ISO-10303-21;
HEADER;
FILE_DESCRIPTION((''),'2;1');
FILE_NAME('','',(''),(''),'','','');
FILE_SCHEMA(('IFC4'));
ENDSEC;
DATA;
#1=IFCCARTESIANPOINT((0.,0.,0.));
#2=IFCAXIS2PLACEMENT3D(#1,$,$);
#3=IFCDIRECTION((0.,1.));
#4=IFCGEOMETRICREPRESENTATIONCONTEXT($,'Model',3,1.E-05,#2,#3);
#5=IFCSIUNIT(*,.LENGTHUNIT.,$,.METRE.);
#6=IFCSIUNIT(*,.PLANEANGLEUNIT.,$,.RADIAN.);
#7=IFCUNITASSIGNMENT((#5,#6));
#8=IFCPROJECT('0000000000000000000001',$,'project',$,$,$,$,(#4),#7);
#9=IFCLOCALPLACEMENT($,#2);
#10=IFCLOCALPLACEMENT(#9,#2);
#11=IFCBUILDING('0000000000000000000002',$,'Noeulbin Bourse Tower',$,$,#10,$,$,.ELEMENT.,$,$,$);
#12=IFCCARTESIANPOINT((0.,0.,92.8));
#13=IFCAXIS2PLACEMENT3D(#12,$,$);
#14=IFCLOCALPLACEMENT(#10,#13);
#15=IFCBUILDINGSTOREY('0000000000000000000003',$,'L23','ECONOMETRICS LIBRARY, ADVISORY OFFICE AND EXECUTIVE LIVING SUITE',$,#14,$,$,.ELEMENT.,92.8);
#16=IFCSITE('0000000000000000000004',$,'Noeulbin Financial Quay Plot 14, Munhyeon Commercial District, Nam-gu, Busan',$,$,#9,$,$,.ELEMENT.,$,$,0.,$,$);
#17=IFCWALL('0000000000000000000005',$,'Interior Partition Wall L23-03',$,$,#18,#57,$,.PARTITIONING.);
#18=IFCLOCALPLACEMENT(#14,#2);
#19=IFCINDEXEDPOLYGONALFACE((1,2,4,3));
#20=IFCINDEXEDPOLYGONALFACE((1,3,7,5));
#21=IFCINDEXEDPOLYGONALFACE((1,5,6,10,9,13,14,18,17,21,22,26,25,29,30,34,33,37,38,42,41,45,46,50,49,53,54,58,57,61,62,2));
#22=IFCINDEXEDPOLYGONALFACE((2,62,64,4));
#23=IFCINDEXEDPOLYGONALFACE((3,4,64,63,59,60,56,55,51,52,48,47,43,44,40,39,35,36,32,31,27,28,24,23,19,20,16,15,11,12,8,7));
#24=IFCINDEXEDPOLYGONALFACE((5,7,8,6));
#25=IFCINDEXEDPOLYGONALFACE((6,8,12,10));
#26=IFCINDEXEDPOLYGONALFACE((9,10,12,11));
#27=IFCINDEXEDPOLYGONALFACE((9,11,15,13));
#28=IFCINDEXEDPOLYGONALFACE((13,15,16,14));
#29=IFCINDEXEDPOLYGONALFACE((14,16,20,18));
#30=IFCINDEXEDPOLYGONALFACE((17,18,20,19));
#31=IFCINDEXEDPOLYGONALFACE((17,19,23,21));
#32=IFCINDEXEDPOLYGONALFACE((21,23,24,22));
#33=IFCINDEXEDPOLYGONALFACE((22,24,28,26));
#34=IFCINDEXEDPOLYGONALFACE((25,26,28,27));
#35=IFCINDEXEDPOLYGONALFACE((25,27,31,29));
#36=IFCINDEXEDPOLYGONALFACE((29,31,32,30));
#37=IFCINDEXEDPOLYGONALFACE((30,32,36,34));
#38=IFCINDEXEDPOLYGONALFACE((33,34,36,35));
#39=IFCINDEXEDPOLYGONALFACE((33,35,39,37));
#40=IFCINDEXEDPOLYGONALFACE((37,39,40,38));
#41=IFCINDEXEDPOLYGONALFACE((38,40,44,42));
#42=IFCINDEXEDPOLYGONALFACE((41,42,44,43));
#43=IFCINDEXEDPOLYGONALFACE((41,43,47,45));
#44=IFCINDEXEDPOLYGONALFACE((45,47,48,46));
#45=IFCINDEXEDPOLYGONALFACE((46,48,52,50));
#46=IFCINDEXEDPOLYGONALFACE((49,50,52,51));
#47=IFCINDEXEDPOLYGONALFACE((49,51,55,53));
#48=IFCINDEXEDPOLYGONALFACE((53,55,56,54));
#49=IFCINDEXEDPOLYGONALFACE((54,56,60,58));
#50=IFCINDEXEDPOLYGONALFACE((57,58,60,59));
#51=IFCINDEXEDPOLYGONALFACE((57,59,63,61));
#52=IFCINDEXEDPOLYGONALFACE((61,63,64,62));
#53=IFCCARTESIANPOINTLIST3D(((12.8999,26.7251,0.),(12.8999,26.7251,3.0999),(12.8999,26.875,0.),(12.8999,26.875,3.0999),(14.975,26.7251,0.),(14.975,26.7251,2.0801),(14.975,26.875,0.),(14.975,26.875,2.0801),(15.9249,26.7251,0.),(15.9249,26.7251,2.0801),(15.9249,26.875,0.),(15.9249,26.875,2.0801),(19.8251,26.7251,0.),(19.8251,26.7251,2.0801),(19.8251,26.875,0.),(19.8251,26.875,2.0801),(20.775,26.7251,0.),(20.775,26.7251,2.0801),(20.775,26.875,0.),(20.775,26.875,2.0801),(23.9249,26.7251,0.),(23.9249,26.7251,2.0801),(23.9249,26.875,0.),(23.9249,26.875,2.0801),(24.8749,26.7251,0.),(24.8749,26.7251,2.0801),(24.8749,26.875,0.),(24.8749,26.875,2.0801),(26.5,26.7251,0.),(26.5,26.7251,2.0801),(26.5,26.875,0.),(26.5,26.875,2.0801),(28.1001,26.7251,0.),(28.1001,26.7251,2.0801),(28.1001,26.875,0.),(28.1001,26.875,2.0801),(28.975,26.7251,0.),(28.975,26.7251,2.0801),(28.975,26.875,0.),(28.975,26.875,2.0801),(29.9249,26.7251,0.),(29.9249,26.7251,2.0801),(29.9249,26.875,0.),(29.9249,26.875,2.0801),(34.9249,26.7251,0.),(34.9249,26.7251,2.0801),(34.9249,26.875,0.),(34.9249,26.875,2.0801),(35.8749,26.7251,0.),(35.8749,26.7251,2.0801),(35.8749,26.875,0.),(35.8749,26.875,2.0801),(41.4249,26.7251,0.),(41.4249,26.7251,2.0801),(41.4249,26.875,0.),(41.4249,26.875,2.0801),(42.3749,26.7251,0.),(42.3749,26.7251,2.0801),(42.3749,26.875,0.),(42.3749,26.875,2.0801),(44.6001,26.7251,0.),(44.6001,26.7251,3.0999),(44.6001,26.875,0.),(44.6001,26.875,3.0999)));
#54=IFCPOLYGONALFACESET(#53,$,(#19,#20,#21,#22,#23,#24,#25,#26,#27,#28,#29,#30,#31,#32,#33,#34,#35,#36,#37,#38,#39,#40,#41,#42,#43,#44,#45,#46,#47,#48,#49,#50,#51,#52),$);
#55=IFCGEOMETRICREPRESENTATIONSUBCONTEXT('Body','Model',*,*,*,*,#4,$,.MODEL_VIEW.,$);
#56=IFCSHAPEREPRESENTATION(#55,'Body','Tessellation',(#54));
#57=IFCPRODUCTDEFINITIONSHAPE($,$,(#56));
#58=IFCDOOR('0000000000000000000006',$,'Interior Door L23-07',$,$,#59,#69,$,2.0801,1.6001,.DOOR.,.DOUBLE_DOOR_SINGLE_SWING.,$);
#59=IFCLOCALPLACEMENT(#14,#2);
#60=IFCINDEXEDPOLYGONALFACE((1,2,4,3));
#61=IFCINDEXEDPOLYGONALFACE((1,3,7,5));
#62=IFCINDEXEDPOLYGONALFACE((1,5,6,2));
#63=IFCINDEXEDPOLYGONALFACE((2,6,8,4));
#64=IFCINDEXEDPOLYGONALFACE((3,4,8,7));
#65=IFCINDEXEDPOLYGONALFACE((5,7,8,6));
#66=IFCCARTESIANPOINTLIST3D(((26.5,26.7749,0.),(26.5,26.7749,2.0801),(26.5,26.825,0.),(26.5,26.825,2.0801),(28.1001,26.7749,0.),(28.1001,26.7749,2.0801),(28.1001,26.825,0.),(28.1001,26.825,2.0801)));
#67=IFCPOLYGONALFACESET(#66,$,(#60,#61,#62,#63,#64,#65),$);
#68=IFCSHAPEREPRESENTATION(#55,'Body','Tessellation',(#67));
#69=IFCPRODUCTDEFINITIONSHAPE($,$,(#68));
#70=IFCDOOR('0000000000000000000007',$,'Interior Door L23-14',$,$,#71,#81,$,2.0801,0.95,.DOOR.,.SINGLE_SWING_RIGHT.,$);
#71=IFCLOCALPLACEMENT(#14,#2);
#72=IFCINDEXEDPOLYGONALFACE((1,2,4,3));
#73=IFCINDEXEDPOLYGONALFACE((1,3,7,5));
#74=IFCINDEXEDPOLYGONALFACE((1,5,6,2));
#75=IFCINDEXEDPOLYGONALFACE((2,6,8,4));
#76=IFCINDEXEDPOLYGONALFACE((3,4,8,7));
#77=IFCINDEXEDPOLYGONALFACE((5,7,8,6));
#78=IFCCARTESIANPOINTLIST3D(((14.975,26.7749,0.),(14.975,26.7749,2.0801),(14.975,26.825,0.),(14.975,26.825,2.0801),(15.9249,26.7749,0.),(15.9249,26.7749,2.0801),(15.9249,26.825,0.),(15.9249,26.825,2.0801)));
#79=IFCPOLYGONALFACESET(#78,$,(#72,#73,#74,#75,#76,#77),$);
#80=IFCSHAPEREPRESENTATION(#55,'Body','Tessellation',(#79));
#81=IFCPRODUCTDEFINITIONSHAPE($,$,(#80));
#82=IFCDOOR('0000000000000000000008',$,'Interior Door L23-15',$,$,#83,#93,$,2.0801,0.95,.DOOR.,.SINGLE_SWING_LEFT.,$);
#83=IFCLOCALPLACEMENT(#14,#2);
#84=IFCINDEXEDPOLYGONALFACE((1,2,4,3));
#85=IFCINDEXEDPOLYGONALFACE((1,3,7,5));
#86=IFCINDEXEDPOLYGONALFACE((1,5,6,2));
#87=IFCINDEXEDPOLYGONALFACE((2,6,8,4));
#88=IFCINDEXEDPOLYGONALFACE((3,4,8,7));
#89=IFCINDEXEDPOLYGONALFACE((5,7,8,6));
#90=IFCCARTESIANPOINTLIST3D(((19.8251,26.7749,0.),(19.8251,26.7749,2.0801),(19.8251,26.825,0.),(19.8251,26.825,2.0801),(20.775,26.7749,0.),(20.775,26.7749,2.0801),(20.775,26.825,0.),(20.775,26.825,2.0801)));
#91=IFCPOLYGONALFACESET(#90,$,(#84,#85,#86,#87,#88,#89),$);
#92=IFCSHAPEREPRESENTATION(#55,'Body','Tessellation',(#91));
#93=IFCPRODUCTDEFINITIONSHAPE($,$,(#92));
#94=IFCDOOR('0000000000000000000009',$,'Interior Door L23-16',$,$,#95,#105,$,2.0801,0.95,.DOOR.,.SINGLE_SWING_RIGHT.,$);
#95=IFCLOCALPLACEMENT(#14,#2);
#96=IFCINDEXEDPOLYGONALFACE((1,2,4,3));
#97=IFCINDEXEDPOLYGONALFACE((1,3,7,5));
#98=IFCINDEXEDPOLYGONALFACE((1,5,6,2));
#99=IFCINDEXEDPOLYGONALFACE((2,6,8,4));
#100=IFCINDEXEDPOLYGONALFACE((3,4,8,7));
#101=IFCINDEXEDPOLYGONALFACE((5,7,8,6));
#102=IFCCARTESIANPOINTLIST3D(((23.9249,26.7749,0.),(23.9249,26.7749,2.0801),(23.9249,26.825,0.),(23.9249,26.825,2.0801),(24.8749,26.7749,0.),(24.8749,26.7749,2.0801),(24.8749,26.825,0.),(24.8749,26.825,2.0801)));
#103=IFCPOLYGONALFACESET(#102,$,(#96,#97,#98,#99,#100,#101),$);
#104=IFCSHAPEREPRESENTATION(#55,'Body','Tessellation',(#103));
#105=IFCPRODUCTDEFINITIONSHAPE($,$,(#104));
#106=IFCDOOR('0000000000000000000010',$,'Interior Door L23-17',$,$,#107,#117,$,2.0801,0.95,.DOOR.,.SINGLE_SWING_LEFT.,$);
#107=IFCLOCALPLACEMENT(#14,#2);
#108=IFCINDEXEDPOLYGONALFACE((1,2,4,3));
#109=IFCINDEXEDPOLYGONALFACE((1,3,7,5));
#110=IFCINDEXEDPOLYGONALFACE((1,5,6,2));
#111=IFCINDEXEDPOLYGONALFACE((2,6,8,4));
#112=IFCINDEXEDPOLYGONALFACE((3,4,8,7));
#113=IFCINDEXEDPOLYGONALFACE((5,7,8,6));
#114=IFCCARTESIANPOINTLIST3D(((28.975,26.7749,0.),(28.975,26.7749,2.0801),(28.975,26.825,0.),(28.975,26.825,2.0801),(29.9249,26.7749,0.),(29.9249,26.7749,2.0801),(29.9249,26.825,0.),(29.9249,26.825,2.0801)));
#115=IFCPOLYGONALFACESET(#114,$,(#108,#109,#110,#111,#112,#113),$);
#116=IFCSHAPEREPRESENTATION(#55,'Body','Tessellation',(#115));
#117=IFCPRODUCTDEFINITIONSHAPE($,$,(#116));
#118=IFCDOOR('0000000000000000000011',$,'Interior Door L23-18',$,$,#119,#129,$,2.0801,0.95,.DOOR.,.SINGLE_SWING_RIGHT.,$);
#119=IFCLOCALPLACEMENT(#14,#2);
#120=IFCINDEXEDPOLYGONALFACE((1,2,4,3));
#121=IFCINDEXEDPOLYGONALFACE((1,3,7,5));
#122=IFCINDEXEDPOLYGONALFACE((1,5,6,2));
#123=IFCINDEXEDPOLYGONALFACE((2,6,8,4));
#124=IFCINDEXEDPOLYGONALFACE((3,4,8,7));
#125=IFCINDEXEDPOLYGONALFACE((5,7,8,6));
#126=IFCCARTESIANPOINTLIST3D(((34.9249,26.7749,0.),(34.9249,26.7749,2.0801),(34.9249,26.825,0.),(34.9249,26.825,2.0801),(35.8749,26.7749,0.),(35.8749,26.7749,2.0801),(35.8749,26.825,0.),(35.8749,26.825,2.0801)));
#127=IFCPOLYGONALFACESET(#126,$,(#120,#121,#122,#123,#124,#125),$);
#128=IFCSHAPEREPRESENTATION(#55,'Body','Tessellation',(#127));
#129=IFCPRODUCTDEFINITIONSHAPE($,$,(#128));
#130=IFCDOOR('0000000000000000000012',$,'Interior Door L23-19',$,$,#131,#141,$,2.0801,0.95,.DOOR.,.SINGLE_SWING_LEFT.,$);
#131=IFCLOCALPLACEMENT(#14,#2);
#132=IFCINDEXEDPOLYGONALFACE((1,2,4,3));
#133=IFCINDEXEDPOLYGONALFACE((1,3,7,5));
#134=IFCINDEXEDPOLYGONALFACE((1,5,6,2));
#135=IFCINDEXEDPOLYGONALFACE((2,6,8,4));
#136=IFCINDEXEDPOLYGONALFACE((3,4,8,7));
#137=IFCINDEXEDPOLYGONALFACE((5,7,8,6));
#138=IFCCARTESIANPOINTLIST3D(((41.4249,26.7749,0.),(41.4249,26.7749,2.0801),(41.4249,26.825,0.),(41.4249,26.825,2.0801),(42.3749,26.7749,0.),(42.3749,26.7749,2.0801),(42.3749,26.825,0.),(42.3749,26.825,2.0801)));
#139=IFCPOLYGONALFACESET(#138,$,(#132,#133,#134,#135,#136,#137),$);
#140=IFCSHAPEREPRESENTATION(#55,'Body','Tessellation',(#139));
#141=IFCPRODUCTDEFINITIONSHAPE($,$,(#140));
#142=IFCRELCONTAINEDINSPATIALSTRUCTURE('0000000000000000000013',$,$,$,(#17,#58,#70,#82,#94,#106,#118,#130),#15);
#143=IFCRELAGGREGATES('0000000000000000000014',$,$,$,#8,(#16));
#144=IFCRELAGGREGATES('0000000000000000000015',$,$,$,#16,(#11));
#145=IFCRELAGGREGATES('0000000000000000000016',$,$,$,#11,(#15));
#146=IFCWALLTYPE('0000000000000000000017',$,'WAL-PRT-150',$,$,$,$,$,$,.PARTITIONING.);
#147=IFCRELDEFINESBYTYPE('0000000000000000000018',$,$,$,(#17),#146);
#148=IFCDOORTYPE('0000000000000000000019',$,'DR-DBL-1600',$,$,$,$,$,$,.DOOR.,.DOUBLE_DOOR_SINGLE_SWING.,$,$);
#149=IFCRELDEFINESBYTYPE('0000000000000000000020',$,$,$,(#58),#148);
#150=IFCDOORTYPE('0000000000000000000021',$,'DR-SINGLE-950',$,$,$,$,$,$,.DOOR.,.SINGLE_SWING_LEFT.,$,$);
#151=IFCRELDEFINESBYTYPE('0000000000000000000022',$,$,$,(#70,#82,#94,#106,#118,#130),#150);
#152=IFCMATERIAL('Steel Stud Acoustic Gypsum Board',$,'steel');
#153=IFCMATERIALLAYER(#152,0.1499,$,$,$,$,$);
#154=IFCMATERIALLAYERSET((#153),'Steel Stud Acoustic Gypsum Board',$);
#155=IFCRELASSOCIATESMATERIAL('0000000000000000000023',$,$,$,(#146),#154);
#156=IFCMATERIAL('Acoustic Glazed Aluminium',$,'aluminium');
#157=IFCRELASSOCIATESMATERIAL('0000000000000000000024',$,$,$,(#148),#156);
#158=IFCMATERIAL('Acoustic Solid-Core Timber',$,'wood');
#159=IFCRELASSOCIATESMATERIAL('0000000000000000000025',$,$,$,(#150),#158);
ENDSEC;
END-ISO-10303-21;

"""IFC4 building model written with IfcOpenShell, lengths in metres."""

from ifc_helpers import new_model, si_unit, direction, frame, frame_2d, origin, place, context, subcontext, project, spatial, rectangle, extrude, material, layer, layer_set, type_object, element, fill, save


model = new_model("IFC4")

# Units and contexts
model_context = context("Model", 3, precision=1e-05, world=origin(), true_north=direction((0.0, 1.0)))
body_context = subcontext(model_context, "Body", "Model", "MODEL_VIEW")
ifc_project = project(units=[si_unit("LENGTHUNIT", "METRE"), si_unit("PLANEANGLEUNIT", "RADIAN")], contexts=[model_context])

# Site, building, storey
site_placement = place(None, origin())
site = spatial("IfcSite", under=ifc_project, at=site_placement, Name="Noeulbin Financial Quay Plot 14, Munhyeon Commercial District, Nam-gu, Busan", CompositionType="ELEMENT", RefElevation=0.0)
building_placement = place(site_placement, origin())
building = spatial("IfcBuilding", under=site, at=building_placement, Name="Noeulbin Bourse Tower", CompositionType="ELEMENT")
storey_placement = place(building_placement, frame((0.0, 0.0, 92.8)))
storey = spatial("IfcBuildingStorey", under=building, at=storey_placement, Name="L23", Description="ECONOMETRICS LIBRARY, ADVISORY OFFICE AND EXECUTIVE LIVING SUITE", CompositionType="ELEMENT", Elevation=92.8)

# Wall, openings, doors
ifc_material_1 = material(Name="Steel Stud Acoustic Gypsum Board", Category="steel")
ifc_layer_1 = layer(ifc_material_1, 0.1499)
ifc_layer_set_1 = layer_set([ifc_layer_1], Name="Steel Stud Acoustic Gypsum Board")
wall_type_1 = type_object("IfcWallType", Name="WAL-PRT-150", PredefinedType="PARTITIONING", material=ifc_layer_set_1)
wall_1_placement = place(storey_placement, frame((12.8999, 26.8, 0.0), z_axis=(0.0, 0.0, 1.0), x_axis=(1.0, 0.0, 0.0)))
wall_1 = element("IfcWall", 1, at=wall_1_placement, inside=storey, type_object=wall_type_1, Name="Interior Partition Wall L23-03", PredefinedType="PARTITIONING", context=body_context, shape_type="SweptSolid", body=[
    extrude(rectangle(XDim=31.7002, YDim=0.1499, at=frame_2d((15.8501, 0.0))), origin(), (0.0, 0.0, 1.0), 3.0999),
])
opening_1_placement = place(wall_1_placement, frame((13.6001, 0.0, 0.0)))
opening_1 = element("IfcOpeningElement", 2, at=opening_1_placement, cuts=wall_1, PredefinedType="OPENING", context=body_context, shape_type="SweptSolid", body=[
    extrude(rectangle(XDim=1.6001, YDim=2.0801, at=frame_2d((0.8, 1.04))), frame((0.0, 0.085, 0.0), z_axis=(0.0, -1.0, 0.0), x_axis=(1.0, 0.0, 0.0)), (0.0, 0.0, 1.0), 0.1699),
])
opening_2_placement = place(wall_1_placement, frame((2.075, 0.0, 0.0)))
opening_2 = element("IfcOpeningElement", 3, at=opening_2_placement, cuts=wall_1, PredefinedType="OPENING", context=body_context, shape_type="SweptSolid", body=[
    extrude(rectangle(XDim=0.95, YDim=2.0801, at=frame_2d((0.4751, 1.04))), frame((0.0, 0.085, 0.0), z_axis=(0.0, -1.0, 0.0), x_axis=(1.0, 0.0, 0.0)), (0.0, 0.0, 1.0), 0.1699),
])
opening_3_placement = place(wall_1_placement, frame((6.925, 0.0, 0.0)))
opening_3 = element("IfcOpeningElement", 4, at=opening_3_placement, cuts=wall_1, PredefinedType="OPENING", context=body_context, shape_type="SweptSolid", body=[
    extrude(rectangle(XDim=0.95, YDim=2.0801, at=frame_2d((0.4751, 1.04))), frame((0.0, 0.085, 0.0), z_axis=(0.0, -1.0, 0.0), x_axis=(1.0, 0.0, 0.0)), (0.0, 0.0, 1.0), 0.1699),
])
opening_4_placement = place(wall_1_placement, frame((11.0249, 0.0, 0.0)))
opening_4 = element("IfcOpeningElement", 5, at=opening_4_placement, cuts=wall_1, PredefinedType="OPENING", context=body_context, shape_type="SweptSolid", body=[
    extrude(rectangle(XDim=0.95, YDim=2.0801, at=frame_2d((0.4751, 1.04))), frame((0.0, 0.085, 0.0), z_axis=(0.0, -1.0, 0.0), x_axis=(1.0, 0.0, 0.0)), (0.0, 0.0, 1.0), 0.1699),
])
opening_5_placement = place(wall_1_placement, frame((16.075, 0.0, 0.0)))
opening_5 = element("IfcOpeningElement", 6, at=opening_5_placement, cuts=wall_1, PredefinedType="OPENING", context=body_context, shape_type="SweptSolid", body=[
    extrude(rectangle(XDim=0.95, YDim=2.0801, at=frame_2d((0.4751, 1.04))), frame((0.0, 0.085, 0.0), z_axis=(0.0, -1.0, 0.0), x_axis=(1.0, 0.0, 0.0)), (0.0, 0.0, 1.0), 0.1699),
])
opening_6_placement = place(wall_1_placement, frame((22.0249, 0.0, 0.0)))
opening_6 = element("IfcOpeningElement", 7, at=opening_6_placement, cuts=wall_1, PredefinedType="OPENING", context=body_context, shape_type="SweptSolid", body=[
    extrude(rectangle(XDim=0.95, YDim=2.0801, at=frame_2d((0.4751, 1.04))), frame((0.0, 0.085, 0.0), z_axis=(0.0, -1.0, 0.0), x_axis=(1.0, 0.0, 0.0)), (0.0, 0.0, 1.0), 0.1699),
])
opening_7_placement = place(wall_1_placement, frame((28.5249, 0.0, 0.0)))
opening_7 = element("IfcOpeningElement", 8, at=opening_7_placement, cuts=wall_1, PredefinedType="OPENING", context=body_context, shape_type="SweptSolid", body=[
    extrude(rectangle(XDim=0.95, YDim=2.0801, at=frame_2d((0.4751, 1.04))), frame((0.0, 0.085, 0.0), z_axis=(0.0, -1.0, 0.0), x_axis=(1.0, 0.0, 0.0)), (0.0, 0.0, 1.0), 0.1699),
])
ifc_material_2 = material(Name="Acoustic Glazed Aluminium", Category="aluminium")
door_type_1 = type_object("IfcDoorType", Name="DR-DBL-1600", OperationType="DOUBLE_DOOR_SINGLE_SWING", PredefinedType="DOOR", material=ifc_material_2)
door_1_placement = place(opening_1_placement, origin())
door_1 = element("IfcDoor", 9, at=door_1_placement, inside=storey, type_object=door_type_1, Name="Interior Door L23-07", OperationType="DOUBLE_DOOR_SINGLE_SWING", OverallHeight=2.0801, OverallWidth=1.6001, PredefinedType="DOOR", context=body_context, shape_type="SweptSolid", body=[
    extrude(rectangle(XDim=1.6001, YDim=2.0801, at=frame_2d((0.8, 1.04))), frame((0.0, 0.0249, 0.0), z_axis=(0.0, -1.0, 0.0), x_axis=(1.0, 0.0, 0.0)), (0.0, 0.0, 1.0), 0.05),
])
fill(opening_1, door_1)
ifc_material_3 = material(Name="Acoustic Solid-Core Timber", Category="wood")
door_type_2 = type_object("IfcDoorType", Name="DR-SINGLE-950", OperationType="SINGLE_SWING_LEFT", PredefinedType="DOOR", material=ifc_material_3)
door_2_placement = place(opening_2_placement, origin())
door_2 = element("IfcDoor", 10, at=door_2_placement, inside=storey, type_object=door_type_2, Name="Interior Door L23-14", OperationType="SINGLE_SWING_RIGHT", OverallHeight=2.0801, OverallWidth=0.95, PredefinedType="DOOR", context=body_context, shape_type="SweptSolid", body=[
    extrude(rectangle(XDim=0.95, YDim=2.0801, at=frame_2d((0.4751, 1.04))), frame((0.0, 0.0249, 0.0), z_axis=(0.0, -1.0, 0.0), x_axis=(1.0, 0.0, 0.0)), (0.0, 0.0, 1.0), 0.05),
])
fill(opening_2, door_2)
door_3_placement = place(opening_3_placement, origin())
door_3 = element("IfcDoor", 11, at=door_3_placement, inside=storey, type_object=door_type_2, Name="Interior Door L23-15", OperationType="SINGLE_SWING_LEFT", OverallHeight=2.0801, OverallWidth=0.95, PredefinedType="DOOR", context=body_context, shape_type="SweptSolid", body=[
    extrude(rectangle(XDim=0.95, YDim=2.0801, at=frame_2d((0.4751, 1.04))), frame((0.0, 0.0249, 0.0), z_axis=(0.0, -1.0, 0.0), x_axis=(1.0, 0.0, 0.0)), (0.0, 0.0, 1.0), 0.05),
])
fill(opening_3, door_3)
door_4_placement = place(opening_4_placement, origin())
door_4 = element("IfcDoor", 12, at=door_4_placement, inside=storey, type_object=door_type_2, Name="Interior Door L23-16", OperationType="SINGLE_SWING_RIGHT", OverallHeight=2.0801, OverallWidth=0.95, PredefinedType="DOOR", context=body_context, shape_type="SweptSolid", body=[
    extrude(rectangle(XDim=0.95, YDim=2.0801, at=frame_2d((0.4751, 1.04))), frame((0.0, 0.0249, 0.0), z_axis=(0.0, -1.0, 0.0), x_axis=(1.0, 0.0, 0.0)), (0.0, 0.0, 1.0), 0.05),
])
fill(opening_4, door_4)
door_5_placement = place(opening_5_placement, origin())
door_5 = element("IfcDoor", 13, at=door_5_placement, inside=storey, type_object=door_type_2, Name="Interior Door L23-17", OperationType="SINGLE_SWING_LEFT", OverallHeight=2.0801, OverallWidth=0.95, PredefinedType="DOOR", context=body_context, shape_type="SweptSolid", body=[
    extrude(rectangle(XDim=0.95, YDim=2.0801, at=frame_2d((0.4751, 1.04))), frame((0.0, 0.0249, 0.0), z_axis=(0.0, -1.0, 0.0), x_axis=(1.0, 0.0, 0.0)), (0.0, 0.0, 1.0), 0.05),
])
fill(opening_5, door_5)
door_6_placement = place(opening_6_placement, origin())
door_6 = element("IfcDoor", 14, at=door_6_placement, inside=storey, type_object=door_type_2, Name="Interior Door L23-18", OperationType="SINGLE_SWING_RIGHT", OverallHeight=2.0801, OverallWidth=0.95, PredefinedType="DOOR", context=body_context, shape_type="SweptSolid", body=[
    extrude(rectangle(XDim=0.95, YDim=2.0801, at=frame_2d((0.4751, 1.04))), frame((0.0, 0.0249, 0.0), z_axis=(0.0, -1.0, 0.0), x_axis=(1.0, 0.0, 0.0)), (0.0, 0.0, 1.0), 0.05),
])
fill(opening_6, door_6)
door_7_placement = place(opening_7_placement, origin())
door_7 = element("IfcDoor", 15, at=door_7_placement, inside=storey, type_object=door_type_2, Name="Interior Door L23-19", OperationType="SINGLE_SWING_LEFT", OverallHeight=2.0801, OverallWidth=0.95, PredefinedType="DOOR", context=body_context, shape_type="SweptSolid", body=[
    extrude(rectangle(XDim=0.95, YDim=2.0801, at=frame_2d((0.4751, 1.04))), frame((0.0, 0.0249, 0.0), z_axis=(0.0, -1.0, 0.0), x_axis=(1.0, 0.0, 0.0)), (0.0, 0.0, 1.0), 0.05),
])
fill(opening_7, door_7)

save(model, "model.ifc")
